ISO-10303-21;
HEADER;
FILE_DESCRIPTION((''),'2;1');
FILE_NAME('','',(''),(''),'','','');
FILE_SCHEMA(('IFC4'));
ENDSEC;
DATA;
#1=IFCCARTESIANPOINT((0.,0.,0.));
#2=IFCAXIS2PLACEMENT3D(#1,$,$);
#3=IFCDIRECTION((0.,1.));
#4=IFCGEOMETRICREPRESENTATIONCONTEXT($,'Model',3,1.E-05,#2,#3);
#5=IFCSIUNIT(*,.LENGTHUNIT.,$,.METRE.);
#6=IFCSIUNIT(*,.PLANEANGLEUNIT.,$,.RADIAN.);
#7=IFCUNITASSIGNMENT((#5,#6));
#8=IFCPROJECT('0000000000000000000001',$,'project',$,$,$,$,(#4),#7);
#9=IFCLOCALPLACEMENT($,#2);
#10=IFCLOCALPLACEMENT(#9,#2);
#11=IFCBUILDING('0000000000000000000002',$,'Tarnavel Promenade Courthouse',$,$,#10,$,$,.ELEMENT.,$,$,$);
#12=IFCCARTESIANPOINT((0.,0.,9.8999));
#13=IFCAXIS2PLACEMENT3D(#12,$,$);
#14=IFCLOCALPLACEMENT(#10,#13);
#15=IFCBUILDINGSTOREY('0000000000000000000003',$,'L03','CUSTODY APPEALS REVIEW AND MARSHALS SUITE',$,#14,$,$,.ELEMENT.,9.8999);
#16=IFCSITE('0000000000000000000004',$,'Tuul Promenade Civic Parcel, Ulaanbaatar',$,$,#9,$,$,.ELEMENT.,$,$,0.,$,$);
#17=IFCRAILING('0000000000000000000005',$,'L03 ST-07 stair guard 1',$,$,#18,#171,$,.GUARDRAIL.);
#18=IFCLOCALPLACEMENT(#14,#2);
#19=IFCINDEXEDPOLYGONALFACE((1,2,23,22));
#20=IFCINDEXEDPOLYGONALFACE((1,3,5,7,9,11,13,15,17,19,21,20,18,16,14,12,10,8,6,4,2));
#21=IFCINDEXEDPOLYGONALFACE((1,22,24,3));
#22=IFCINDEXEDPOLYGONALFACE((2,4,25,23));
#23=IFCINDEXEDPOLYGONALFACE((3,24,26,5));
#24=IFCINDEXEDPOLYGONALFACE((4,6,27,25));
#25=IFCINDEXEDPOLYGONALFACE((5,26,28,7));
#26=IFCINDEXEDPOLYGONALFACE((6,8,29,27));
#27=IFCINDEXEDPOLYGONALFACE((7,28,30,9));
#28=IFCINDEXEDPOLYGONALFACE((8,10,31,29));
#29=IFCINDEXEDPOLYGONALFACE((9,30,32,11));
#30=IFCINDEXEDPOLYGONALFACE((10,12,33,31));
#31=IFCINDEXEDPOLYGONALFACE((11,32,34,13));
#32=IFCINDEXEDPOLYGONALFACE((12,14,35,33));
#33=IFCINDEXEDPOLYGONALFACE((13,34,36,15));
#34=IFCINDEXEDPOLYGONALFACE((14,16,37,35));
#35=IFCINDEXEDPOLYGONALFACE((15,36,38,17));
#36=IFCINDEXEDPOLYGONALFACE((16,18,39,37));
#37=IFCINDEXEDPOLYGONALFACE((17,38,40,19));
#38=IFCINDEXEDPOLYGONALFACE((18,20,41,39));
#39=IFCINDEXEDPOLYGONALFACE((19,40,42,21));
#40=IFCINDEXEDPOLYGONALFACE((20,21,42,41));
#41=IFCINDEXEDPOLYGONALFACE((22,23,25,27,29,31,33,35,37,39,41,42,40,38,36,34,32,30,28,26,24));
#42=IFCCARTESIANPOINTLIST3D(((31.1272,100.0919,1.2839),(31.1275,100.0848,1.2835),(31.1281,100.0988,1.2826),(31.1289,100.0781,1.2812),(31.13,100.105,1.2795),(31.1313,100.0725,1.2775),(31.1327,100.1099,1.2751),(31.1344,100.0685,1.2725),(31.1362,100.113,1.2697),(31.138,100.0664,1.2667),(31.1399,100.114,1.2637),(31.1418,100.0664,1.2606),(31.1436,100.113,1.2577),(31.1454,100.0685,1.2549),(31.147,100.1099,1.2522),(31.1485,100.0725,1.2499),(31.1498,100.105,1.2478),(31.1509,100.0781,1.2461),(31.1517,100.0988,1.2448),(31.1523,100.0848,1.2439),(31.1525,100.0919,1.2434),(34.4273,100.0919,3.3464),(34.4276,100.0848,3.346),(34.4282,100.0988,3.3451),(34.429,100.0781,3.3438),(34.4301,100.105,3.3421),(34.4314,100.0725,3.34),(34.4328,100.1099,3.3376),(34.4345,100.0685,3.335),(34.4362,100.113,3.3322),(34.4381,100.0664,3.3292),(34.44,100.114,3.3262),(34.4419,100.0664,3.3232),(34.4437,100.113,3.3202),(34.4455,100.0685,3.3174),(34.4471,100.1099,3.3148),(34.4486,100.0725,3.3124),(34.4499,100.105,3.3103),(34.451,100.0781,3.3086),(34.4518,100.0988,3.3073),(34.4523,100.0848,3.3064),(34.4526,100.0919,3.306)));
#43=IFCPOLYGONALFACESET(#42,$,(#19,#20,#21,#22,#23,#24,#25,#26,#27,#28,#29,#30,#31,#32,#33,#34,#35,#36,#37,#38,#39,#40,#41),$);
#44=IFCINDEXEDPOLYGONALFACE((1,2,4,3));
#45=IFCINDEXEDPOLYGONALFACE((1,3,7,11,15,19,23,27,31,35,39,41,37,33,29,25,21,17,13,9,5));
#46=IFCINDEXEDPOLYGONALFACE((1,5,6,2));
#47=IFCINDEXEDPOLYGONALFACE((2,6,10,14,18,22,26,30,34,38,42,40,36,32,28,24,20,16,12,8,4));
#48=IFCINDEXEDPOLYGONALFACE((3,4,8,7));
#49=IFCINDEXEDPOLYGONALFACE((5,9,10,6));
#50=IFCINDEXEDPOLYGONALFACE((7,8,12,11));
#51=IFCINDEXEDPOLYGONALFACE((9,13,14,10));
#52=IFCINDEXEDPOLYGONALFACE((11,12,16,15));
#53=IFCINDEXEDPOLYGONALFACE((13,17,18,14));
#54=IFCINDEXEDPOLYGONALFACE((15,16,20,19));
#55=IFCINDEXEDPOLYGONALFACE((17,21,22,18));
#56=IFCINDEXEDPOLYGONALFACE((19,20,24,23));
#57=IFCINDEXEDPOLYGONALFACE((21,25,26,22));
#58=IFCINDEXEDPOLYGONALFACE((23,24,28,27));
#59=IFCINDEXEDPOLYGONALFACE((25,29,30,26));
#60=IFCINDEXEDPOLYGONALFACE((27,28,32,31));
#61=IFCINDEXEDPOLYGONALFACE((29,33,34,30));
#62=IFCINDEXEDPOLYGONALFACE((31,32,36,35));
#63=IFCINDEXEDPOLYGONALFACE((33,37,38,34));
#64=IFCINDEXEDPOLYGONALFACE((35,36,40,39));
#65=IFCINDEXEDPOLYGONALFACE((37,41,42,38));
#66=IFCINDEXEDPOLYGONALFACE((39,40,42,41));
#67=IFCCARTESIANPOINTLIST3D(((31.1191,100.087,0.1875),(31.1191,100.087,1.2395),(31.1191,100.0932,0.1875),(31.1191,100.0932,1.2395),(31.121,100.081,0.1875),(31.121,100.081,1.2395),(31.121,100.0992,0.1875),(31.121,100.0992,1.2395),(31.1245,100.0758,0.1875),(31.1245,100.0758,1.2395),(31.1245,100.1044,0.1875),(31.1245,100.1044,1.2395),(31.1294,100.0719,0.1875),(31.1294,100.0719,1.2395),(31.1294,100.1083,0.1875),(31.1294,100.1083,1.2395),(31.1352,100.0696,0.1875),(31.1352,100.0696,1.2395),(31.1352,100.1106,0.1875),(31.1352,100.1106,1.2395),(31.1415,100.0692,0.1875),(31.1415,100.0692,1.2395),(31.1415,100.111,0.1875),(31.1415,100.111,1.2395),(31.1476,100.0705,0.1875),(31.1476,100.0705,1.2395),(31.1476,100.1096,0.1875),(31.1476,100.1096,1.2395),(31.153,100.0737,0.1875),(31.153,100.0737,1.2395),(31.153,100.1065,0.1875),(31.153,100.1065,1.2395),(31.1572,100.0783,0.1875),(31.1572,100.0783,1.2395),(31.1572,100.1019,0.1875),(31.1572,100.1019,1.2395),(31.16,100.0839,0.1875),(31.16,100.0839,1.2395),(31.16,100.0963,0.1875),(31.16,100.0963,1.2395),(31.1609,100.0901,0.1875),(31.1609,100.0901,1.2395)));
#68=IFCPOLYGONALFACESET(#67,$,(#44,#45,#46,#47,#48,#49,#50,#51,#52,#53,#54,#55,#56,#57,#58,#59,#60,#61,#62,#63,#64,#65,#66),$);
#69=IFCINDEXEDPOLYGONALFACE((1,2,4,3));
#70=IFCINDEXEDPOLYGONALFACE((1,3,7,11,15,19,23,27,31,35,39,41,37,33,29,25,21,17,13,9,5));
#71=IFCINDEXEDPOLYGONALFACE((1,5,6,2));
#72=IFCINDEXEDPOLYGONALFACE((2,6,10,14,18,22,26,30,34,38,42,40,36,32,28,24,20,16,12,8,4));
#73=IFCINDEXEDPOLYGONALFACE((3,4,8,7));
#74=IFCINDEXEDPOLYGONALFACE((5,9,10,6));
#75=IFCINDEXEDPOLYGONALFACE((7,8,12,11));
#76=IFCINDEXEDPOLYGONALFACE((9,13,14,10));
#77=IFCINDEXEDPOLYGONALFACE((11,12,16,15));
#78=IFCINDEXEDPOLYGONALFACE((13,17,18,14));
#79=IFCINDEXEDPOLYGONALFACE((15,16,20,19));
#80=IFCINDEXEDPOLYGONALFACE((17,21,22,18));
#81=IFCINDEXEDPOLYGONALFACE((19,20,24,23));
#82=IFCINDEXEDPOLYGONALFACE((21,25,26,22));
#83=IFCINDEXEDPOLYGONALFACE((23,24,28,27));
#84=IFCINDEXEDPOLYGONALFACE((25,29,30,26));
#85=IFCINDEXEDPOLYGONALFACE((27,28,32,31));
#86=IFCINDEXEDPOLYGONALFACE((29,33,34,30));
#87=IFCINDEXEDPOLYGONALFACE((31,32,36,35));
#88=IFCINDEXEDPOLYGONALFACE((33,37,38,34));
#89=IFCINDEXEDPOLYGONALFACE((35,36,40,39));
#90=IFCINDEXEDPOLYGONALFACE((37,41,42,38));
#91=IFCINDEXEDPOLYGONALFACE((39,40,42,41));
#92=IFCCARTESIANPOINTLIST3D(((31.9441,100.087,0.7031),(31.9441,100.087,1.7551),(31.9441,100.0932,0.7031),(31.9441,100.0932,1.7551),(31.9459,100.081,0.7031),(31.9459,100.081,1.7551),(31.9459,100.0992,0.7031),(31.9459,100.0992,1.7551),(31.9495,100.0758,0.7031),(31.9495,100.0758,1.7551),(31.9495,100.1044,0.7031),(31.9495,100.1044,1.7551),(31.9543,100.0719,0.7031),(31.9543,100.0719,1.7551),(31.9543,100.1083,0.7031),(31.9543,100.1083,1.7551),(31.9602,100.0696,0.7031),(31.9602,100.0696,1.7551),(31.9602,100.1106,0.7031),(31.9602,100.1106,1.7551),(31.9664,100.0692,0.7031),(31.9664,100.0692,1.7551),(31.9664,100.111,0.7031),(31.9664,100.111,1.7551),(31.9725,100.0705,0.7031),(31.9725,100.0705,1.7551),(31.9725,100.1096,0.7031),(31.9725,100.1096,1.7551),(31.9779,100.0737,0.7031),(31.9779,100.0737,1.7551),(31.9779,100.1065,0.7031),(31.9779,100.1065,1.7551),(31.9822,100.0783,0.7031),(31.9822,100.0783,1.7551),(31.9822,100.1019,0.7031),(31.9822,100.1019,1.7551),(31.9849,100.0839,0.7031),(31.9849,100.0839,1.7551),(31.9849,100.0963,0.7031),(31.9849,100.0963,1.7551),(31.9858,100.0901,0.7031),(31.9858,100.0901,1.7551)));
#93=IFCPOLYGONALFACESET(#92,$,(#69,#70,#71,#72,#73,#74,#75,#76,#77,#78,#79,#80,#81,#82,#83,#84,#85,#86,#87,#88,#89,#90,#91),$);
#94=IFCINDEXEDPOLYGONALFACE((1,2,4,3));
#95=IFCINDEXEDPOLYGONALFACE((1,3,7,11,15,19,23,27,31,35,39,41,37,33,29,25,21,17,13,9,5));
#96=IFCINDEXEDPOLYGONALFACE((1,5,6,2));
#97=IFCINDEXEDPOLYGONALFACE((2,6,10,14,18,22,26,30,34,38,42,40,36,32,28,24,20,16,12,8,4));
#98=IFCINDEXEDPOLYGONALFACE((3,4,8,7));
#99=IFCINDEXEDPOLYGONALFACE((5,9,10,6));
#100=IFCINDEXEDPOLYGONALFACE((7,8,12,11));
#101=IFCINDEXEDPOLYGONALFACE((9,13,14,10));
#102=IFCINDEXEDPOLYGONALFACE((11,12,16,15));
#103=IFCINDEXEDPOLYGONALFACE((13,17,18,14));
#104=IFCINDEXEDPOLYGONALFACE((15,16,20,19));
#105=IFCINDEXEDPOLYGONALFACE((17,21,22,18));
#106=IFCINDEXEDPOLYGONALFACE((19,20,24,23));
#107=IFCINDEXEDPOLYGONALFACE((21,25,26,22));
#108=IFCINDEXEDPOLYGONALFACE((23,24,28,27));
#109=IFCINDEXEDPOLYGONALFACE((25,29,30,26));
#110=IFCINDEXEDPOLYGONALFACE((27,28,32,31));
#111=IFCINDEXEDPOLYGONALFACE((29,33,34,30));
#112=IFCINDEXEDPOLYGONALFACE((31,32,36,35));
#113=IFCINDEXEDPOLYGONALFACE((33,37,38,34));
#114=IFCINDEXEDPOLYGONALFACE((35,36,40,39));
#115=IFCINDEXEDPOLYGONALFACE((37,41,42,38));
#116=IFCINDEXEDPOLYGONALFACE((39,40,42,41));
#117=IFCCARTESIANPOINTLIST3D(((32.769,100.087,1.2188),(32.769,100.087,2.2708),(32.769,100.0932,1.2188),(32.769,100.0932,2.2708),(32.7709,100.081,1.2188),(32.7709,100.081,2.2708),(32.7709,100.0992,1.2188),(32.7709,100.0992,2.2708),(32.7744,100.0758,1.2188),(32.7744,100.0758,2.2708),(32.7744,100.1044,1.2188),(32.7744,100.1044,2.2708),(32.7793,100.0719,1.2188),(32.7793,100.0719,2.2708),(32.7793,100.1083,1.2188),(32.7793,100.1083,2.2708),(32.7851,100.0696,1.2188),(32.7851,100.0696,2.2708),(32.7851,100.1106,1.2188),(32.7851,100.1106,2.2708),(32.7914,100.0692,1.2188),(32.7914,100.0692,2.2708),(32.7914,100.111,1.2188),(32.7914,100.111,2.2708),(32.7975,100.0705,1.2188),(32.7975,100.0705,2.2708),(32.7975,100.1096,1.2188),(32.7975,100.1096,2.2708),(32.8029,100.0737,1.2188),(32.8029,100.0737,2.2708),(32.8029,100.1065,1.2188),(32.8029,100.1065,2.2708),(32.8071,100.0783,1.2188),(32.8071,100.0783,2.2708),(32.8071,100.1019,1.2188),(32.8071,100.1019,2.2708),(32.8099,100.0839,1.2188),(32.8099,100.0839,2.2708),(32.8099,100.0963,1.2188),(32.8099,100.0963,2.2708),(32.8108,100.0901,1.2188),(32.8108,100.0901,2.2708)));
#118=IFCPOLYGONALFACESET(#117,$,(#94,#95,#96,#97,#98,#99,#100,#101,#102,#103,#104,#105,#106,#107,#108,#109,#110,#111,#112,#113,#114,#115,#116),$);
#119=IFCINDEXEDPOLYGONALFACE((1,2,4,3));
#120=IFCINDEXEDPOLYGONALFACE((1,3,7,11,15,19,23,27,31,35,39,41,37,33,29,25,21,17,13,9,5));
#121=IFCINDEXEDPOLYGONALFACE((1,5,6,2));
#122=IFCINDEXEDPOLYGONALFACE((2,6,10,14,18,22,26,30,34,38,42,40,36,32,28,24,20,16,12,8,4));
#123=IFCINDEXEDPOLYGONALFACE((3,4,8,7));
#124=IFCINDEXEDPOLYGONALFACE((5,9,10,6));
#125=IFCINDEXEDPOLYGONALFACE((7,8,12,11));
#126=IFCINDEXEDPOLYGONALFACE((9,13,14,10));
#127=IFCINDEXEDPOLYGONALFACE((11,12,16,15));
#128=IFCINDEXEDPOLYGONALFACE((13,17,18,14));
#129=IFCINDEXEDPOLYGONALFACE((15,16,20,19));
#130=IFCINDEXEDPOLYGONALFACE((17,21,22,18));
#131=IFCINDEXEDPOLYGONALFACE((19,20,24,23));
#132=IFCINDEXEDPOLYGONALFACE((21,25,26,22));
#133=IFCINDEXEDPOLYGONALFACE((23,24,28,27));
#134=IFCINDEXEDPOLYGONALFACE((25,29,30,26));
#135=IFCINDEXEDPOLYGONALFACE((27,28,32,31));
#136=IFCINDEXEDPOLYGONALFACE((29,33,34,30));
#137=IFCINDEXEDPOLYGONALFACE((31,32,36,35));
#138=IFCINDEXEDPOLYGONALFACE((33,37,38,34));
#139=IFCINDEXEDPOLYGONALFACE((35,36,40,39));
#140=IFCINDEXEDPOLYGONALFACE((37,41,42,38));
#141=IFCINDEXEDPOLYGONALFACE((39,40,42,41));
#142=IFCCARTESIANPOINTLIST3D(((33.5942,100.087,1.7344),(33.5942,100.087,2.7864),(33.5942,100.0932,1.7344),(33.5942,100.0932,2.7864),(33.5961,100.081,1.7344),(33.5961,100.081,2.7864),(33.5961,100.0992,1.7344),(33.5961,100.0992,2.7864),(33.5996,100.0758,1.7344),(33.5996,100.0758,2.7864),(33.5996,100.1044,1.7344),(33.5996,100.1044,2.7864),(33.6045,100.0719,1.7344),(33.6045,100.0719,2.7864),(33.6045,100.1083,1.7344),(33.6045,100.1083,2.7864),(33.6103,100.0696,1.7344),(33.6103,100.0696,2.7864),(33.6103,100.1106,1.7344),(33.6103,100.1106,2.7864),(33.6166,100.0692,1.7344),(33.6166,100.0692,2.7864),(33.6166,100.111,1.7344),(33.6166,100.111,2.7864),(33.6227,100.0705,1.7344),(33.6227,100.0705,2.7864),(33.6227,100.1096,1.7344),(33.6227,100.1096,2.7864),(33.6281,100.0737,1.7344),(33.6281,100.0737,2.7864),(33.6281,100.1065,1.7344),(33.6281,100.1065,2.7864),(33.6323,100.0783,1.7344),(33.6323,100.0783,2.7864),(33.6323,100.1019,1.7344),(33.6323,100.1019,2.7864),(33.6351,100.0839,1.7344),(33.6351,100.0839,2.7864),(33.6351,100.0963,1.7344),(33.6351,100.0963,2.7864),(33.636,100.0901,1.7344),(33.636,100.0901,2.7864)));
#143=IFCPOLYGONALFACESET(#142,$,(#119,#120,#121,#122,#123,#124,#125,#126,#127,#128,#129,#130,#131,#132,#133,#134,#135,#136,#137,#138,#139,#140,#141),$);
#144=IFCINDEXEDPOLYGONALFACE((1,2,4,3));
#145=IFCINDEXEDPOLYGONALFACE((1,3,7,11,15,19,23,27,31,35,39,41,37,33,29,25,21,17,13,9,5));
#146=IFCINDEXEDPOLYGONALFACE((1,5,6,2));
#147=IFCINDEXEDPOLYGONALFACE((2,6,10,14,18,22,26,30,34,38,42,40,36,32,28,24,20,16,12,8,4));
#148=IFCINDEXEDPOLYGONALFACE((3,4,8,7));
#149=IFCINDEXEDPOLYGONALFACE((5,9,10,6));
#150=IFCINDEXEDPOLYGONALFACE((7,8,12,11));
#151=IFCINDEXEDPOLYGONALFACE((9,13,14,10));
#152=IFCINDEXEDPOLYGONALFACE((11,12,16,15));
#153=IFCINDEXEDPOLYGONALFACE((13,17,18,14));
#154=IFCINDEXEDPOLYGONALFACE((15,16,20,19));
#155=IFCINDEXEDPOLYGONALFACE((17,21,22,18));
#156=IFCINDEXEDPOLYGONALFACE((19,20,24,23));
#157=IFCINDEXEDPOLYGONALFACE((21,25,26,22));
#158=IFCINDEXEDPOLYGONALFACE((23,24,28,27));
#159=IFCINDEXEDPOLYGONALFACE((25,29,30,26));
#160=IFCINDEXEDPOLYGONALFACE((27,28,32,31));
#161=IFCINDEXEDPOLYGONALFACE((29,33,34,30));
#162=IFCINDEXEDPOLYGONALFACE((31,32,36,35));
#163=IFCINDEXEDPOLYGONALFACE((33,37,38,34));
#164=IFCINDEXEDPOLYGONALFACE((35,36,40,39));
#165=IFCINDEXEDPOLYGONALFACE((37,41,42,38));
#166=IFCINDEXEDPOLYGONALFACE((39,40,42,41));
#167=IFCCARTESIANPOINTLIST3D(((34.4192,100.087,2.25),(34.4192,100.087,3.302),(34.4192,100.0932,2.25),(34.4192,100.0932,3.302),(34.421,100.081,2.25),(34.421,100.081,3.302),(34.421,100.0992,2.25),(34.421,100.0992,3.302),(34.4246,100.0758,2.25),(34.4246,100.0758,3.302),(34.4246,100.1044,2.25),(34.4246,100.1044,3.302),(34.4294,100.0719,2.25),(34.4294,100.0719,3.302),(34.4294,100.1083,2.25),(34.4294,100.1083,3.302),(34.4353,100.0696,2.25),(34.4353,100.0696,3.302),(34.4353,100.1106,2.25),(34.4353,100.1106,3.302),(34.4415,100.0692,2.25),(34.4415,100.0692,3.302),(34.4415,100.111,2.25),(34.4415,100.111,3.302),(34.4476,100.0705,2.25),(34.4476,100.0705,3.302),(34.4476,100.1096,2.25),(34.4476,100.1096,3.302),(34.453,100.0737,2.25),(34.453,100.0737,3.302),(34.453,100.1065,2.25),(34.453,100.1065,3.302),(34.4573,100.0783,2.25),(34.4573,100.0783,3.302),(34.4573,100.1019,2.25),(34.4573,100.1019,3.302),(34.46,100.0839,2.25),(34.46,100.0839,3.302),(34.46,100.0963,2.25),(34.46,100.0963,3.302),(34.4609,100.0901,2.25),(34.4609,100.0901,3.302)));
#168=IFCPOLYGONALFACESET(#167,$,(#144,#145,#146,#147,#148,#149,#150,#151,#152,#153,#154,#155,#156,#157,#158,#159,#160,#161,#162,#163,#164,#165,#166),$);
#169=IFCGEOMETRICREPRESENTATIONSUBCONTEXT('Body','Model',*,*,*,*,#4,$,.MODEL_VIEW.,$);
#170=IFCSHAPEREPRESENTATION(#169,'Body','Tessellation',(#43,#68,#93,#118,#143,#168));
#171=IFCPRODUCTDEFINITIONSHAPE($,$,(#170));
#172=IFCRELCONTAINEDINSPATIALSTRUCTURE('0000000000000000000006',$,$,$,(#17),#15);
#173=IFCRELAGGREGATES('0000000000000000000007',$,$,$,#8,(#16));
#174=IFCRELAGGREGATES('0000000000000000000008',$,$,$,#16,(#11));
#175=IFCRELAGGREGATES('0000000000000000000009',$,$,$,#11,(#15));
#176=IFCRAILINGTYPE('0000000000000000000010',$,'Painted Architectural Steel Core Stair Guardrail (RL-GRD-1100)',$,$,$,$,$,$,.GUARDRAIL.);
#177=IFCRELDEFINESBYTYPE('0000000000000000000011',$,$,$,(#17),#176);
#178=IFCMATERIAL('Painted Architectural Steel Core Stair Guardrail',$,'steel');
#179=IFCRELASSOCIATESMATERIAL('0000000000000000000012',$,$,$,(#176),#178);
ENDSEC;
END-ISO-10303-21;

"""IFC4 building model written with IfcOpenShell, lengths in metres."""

from ifc_helpers import new_model, si_unit, direction, frame, origin, origin_2d, place, context, subcontext, project, spatial, circle, extrude, material, type_object, element, save


model = new_model("IFC4")

# Units and contexts
model_context = context("Model", 3, precision=1e-05, world=origin(), true_north=direction((0.0, 1.0)))
body_context = subcontext(model_context, "Body", "Model", "MODEL_VIEW")
ifc_project = project(units=[si_unit("LENGTHUNIT", "METRE"), si_unit("PLANEANGLEUNIT", "RADIAN")], contexts=[model_context])

# Site, building, storey
site_placement = place(None, origin())
site = spatial("IfcSite", under=ifc_project, at=site_placement, Name="Tuul Promenade Civic Parcel, Ulaanbaatar", CompositionType="ELEMENT", RefElevation=0.0)
building_placement = place(site_placement, origin())
building = spatial("IfcBuilding", under=site, at=building_placement, Name="Tarnavel Promenade Courthouse", CompositionType="ELEMENT")
storey_placement = place(building_placement, frame((0.0, 0.0, 9.8999)))
storey = spatial("IfcBuildingStorey", under=building, at=storey_placement, Name="L03", Description="CUSTODY APPEALS REVIEW AND MARSHALS SUITE", CompositionType="ELEMENT", Elevation=9.8999)

# Railing
ifc_material_1 = material(Name="Painted Architectural Steel Core Stair Guardrail", Category="steel")
railing_type_1 = type_object("IfcRailingType", Name="Painted Architectural Steel Core Stair Guardrail (RL-GRD-1100)", PredefinedType="GUARDRAIL", material=ifc_material_1)
railing_1_placement = place(storey_placement, frame((31.1399, 100.0901, 0.1875)))
element("IfcRailing", 1, at=railing_1_placement, inside=storey, type_object=railing_type_1, Name="L03 ST-07 stair guard 1", PredefinedType="GUARDRAIL", context=body_context, shape_type="SweptSolid", body=[
    extrude(circle(Radius=0.0239, at=origin_2d()), frame((0.0, 0.0, 1.0762), z_axis=(0.848002, 0.0, 0.529993), x_axis=(0.0, 1.0, 0.0)), (0.0, 0.0, 1.0), 3.8916),
    extrude(circle(Radius=0.021, at=origin_2d()), origin(), (0.0, 0.0, 1.0), 1.052),
    extrude(circle(Radius=0.021, at=origin_2d()), frame((0.825, 0.0, 0.5156)), (0.0, 0.0, 1.0), 1.052),
    extrude(circle(Radius=0.021, at=origin_2d()), frame((1.6499, 0.0, 1.0312)), (0.0, 0.0, 1.0), 1.052),
    extrude(circle(Radius=0.021, at=origin_2d()), frame((2.4751, 0.0, 1.5469)), (0.0, 0.0, 1.0), 1.052),
    extrude(circle(Radius=0.021, at=origin_2d()), frame((3.3, 0.0, 2.0625)), (0.0, 0.0, 1.0), 1.052),
])

save(model, "model.ifc")
